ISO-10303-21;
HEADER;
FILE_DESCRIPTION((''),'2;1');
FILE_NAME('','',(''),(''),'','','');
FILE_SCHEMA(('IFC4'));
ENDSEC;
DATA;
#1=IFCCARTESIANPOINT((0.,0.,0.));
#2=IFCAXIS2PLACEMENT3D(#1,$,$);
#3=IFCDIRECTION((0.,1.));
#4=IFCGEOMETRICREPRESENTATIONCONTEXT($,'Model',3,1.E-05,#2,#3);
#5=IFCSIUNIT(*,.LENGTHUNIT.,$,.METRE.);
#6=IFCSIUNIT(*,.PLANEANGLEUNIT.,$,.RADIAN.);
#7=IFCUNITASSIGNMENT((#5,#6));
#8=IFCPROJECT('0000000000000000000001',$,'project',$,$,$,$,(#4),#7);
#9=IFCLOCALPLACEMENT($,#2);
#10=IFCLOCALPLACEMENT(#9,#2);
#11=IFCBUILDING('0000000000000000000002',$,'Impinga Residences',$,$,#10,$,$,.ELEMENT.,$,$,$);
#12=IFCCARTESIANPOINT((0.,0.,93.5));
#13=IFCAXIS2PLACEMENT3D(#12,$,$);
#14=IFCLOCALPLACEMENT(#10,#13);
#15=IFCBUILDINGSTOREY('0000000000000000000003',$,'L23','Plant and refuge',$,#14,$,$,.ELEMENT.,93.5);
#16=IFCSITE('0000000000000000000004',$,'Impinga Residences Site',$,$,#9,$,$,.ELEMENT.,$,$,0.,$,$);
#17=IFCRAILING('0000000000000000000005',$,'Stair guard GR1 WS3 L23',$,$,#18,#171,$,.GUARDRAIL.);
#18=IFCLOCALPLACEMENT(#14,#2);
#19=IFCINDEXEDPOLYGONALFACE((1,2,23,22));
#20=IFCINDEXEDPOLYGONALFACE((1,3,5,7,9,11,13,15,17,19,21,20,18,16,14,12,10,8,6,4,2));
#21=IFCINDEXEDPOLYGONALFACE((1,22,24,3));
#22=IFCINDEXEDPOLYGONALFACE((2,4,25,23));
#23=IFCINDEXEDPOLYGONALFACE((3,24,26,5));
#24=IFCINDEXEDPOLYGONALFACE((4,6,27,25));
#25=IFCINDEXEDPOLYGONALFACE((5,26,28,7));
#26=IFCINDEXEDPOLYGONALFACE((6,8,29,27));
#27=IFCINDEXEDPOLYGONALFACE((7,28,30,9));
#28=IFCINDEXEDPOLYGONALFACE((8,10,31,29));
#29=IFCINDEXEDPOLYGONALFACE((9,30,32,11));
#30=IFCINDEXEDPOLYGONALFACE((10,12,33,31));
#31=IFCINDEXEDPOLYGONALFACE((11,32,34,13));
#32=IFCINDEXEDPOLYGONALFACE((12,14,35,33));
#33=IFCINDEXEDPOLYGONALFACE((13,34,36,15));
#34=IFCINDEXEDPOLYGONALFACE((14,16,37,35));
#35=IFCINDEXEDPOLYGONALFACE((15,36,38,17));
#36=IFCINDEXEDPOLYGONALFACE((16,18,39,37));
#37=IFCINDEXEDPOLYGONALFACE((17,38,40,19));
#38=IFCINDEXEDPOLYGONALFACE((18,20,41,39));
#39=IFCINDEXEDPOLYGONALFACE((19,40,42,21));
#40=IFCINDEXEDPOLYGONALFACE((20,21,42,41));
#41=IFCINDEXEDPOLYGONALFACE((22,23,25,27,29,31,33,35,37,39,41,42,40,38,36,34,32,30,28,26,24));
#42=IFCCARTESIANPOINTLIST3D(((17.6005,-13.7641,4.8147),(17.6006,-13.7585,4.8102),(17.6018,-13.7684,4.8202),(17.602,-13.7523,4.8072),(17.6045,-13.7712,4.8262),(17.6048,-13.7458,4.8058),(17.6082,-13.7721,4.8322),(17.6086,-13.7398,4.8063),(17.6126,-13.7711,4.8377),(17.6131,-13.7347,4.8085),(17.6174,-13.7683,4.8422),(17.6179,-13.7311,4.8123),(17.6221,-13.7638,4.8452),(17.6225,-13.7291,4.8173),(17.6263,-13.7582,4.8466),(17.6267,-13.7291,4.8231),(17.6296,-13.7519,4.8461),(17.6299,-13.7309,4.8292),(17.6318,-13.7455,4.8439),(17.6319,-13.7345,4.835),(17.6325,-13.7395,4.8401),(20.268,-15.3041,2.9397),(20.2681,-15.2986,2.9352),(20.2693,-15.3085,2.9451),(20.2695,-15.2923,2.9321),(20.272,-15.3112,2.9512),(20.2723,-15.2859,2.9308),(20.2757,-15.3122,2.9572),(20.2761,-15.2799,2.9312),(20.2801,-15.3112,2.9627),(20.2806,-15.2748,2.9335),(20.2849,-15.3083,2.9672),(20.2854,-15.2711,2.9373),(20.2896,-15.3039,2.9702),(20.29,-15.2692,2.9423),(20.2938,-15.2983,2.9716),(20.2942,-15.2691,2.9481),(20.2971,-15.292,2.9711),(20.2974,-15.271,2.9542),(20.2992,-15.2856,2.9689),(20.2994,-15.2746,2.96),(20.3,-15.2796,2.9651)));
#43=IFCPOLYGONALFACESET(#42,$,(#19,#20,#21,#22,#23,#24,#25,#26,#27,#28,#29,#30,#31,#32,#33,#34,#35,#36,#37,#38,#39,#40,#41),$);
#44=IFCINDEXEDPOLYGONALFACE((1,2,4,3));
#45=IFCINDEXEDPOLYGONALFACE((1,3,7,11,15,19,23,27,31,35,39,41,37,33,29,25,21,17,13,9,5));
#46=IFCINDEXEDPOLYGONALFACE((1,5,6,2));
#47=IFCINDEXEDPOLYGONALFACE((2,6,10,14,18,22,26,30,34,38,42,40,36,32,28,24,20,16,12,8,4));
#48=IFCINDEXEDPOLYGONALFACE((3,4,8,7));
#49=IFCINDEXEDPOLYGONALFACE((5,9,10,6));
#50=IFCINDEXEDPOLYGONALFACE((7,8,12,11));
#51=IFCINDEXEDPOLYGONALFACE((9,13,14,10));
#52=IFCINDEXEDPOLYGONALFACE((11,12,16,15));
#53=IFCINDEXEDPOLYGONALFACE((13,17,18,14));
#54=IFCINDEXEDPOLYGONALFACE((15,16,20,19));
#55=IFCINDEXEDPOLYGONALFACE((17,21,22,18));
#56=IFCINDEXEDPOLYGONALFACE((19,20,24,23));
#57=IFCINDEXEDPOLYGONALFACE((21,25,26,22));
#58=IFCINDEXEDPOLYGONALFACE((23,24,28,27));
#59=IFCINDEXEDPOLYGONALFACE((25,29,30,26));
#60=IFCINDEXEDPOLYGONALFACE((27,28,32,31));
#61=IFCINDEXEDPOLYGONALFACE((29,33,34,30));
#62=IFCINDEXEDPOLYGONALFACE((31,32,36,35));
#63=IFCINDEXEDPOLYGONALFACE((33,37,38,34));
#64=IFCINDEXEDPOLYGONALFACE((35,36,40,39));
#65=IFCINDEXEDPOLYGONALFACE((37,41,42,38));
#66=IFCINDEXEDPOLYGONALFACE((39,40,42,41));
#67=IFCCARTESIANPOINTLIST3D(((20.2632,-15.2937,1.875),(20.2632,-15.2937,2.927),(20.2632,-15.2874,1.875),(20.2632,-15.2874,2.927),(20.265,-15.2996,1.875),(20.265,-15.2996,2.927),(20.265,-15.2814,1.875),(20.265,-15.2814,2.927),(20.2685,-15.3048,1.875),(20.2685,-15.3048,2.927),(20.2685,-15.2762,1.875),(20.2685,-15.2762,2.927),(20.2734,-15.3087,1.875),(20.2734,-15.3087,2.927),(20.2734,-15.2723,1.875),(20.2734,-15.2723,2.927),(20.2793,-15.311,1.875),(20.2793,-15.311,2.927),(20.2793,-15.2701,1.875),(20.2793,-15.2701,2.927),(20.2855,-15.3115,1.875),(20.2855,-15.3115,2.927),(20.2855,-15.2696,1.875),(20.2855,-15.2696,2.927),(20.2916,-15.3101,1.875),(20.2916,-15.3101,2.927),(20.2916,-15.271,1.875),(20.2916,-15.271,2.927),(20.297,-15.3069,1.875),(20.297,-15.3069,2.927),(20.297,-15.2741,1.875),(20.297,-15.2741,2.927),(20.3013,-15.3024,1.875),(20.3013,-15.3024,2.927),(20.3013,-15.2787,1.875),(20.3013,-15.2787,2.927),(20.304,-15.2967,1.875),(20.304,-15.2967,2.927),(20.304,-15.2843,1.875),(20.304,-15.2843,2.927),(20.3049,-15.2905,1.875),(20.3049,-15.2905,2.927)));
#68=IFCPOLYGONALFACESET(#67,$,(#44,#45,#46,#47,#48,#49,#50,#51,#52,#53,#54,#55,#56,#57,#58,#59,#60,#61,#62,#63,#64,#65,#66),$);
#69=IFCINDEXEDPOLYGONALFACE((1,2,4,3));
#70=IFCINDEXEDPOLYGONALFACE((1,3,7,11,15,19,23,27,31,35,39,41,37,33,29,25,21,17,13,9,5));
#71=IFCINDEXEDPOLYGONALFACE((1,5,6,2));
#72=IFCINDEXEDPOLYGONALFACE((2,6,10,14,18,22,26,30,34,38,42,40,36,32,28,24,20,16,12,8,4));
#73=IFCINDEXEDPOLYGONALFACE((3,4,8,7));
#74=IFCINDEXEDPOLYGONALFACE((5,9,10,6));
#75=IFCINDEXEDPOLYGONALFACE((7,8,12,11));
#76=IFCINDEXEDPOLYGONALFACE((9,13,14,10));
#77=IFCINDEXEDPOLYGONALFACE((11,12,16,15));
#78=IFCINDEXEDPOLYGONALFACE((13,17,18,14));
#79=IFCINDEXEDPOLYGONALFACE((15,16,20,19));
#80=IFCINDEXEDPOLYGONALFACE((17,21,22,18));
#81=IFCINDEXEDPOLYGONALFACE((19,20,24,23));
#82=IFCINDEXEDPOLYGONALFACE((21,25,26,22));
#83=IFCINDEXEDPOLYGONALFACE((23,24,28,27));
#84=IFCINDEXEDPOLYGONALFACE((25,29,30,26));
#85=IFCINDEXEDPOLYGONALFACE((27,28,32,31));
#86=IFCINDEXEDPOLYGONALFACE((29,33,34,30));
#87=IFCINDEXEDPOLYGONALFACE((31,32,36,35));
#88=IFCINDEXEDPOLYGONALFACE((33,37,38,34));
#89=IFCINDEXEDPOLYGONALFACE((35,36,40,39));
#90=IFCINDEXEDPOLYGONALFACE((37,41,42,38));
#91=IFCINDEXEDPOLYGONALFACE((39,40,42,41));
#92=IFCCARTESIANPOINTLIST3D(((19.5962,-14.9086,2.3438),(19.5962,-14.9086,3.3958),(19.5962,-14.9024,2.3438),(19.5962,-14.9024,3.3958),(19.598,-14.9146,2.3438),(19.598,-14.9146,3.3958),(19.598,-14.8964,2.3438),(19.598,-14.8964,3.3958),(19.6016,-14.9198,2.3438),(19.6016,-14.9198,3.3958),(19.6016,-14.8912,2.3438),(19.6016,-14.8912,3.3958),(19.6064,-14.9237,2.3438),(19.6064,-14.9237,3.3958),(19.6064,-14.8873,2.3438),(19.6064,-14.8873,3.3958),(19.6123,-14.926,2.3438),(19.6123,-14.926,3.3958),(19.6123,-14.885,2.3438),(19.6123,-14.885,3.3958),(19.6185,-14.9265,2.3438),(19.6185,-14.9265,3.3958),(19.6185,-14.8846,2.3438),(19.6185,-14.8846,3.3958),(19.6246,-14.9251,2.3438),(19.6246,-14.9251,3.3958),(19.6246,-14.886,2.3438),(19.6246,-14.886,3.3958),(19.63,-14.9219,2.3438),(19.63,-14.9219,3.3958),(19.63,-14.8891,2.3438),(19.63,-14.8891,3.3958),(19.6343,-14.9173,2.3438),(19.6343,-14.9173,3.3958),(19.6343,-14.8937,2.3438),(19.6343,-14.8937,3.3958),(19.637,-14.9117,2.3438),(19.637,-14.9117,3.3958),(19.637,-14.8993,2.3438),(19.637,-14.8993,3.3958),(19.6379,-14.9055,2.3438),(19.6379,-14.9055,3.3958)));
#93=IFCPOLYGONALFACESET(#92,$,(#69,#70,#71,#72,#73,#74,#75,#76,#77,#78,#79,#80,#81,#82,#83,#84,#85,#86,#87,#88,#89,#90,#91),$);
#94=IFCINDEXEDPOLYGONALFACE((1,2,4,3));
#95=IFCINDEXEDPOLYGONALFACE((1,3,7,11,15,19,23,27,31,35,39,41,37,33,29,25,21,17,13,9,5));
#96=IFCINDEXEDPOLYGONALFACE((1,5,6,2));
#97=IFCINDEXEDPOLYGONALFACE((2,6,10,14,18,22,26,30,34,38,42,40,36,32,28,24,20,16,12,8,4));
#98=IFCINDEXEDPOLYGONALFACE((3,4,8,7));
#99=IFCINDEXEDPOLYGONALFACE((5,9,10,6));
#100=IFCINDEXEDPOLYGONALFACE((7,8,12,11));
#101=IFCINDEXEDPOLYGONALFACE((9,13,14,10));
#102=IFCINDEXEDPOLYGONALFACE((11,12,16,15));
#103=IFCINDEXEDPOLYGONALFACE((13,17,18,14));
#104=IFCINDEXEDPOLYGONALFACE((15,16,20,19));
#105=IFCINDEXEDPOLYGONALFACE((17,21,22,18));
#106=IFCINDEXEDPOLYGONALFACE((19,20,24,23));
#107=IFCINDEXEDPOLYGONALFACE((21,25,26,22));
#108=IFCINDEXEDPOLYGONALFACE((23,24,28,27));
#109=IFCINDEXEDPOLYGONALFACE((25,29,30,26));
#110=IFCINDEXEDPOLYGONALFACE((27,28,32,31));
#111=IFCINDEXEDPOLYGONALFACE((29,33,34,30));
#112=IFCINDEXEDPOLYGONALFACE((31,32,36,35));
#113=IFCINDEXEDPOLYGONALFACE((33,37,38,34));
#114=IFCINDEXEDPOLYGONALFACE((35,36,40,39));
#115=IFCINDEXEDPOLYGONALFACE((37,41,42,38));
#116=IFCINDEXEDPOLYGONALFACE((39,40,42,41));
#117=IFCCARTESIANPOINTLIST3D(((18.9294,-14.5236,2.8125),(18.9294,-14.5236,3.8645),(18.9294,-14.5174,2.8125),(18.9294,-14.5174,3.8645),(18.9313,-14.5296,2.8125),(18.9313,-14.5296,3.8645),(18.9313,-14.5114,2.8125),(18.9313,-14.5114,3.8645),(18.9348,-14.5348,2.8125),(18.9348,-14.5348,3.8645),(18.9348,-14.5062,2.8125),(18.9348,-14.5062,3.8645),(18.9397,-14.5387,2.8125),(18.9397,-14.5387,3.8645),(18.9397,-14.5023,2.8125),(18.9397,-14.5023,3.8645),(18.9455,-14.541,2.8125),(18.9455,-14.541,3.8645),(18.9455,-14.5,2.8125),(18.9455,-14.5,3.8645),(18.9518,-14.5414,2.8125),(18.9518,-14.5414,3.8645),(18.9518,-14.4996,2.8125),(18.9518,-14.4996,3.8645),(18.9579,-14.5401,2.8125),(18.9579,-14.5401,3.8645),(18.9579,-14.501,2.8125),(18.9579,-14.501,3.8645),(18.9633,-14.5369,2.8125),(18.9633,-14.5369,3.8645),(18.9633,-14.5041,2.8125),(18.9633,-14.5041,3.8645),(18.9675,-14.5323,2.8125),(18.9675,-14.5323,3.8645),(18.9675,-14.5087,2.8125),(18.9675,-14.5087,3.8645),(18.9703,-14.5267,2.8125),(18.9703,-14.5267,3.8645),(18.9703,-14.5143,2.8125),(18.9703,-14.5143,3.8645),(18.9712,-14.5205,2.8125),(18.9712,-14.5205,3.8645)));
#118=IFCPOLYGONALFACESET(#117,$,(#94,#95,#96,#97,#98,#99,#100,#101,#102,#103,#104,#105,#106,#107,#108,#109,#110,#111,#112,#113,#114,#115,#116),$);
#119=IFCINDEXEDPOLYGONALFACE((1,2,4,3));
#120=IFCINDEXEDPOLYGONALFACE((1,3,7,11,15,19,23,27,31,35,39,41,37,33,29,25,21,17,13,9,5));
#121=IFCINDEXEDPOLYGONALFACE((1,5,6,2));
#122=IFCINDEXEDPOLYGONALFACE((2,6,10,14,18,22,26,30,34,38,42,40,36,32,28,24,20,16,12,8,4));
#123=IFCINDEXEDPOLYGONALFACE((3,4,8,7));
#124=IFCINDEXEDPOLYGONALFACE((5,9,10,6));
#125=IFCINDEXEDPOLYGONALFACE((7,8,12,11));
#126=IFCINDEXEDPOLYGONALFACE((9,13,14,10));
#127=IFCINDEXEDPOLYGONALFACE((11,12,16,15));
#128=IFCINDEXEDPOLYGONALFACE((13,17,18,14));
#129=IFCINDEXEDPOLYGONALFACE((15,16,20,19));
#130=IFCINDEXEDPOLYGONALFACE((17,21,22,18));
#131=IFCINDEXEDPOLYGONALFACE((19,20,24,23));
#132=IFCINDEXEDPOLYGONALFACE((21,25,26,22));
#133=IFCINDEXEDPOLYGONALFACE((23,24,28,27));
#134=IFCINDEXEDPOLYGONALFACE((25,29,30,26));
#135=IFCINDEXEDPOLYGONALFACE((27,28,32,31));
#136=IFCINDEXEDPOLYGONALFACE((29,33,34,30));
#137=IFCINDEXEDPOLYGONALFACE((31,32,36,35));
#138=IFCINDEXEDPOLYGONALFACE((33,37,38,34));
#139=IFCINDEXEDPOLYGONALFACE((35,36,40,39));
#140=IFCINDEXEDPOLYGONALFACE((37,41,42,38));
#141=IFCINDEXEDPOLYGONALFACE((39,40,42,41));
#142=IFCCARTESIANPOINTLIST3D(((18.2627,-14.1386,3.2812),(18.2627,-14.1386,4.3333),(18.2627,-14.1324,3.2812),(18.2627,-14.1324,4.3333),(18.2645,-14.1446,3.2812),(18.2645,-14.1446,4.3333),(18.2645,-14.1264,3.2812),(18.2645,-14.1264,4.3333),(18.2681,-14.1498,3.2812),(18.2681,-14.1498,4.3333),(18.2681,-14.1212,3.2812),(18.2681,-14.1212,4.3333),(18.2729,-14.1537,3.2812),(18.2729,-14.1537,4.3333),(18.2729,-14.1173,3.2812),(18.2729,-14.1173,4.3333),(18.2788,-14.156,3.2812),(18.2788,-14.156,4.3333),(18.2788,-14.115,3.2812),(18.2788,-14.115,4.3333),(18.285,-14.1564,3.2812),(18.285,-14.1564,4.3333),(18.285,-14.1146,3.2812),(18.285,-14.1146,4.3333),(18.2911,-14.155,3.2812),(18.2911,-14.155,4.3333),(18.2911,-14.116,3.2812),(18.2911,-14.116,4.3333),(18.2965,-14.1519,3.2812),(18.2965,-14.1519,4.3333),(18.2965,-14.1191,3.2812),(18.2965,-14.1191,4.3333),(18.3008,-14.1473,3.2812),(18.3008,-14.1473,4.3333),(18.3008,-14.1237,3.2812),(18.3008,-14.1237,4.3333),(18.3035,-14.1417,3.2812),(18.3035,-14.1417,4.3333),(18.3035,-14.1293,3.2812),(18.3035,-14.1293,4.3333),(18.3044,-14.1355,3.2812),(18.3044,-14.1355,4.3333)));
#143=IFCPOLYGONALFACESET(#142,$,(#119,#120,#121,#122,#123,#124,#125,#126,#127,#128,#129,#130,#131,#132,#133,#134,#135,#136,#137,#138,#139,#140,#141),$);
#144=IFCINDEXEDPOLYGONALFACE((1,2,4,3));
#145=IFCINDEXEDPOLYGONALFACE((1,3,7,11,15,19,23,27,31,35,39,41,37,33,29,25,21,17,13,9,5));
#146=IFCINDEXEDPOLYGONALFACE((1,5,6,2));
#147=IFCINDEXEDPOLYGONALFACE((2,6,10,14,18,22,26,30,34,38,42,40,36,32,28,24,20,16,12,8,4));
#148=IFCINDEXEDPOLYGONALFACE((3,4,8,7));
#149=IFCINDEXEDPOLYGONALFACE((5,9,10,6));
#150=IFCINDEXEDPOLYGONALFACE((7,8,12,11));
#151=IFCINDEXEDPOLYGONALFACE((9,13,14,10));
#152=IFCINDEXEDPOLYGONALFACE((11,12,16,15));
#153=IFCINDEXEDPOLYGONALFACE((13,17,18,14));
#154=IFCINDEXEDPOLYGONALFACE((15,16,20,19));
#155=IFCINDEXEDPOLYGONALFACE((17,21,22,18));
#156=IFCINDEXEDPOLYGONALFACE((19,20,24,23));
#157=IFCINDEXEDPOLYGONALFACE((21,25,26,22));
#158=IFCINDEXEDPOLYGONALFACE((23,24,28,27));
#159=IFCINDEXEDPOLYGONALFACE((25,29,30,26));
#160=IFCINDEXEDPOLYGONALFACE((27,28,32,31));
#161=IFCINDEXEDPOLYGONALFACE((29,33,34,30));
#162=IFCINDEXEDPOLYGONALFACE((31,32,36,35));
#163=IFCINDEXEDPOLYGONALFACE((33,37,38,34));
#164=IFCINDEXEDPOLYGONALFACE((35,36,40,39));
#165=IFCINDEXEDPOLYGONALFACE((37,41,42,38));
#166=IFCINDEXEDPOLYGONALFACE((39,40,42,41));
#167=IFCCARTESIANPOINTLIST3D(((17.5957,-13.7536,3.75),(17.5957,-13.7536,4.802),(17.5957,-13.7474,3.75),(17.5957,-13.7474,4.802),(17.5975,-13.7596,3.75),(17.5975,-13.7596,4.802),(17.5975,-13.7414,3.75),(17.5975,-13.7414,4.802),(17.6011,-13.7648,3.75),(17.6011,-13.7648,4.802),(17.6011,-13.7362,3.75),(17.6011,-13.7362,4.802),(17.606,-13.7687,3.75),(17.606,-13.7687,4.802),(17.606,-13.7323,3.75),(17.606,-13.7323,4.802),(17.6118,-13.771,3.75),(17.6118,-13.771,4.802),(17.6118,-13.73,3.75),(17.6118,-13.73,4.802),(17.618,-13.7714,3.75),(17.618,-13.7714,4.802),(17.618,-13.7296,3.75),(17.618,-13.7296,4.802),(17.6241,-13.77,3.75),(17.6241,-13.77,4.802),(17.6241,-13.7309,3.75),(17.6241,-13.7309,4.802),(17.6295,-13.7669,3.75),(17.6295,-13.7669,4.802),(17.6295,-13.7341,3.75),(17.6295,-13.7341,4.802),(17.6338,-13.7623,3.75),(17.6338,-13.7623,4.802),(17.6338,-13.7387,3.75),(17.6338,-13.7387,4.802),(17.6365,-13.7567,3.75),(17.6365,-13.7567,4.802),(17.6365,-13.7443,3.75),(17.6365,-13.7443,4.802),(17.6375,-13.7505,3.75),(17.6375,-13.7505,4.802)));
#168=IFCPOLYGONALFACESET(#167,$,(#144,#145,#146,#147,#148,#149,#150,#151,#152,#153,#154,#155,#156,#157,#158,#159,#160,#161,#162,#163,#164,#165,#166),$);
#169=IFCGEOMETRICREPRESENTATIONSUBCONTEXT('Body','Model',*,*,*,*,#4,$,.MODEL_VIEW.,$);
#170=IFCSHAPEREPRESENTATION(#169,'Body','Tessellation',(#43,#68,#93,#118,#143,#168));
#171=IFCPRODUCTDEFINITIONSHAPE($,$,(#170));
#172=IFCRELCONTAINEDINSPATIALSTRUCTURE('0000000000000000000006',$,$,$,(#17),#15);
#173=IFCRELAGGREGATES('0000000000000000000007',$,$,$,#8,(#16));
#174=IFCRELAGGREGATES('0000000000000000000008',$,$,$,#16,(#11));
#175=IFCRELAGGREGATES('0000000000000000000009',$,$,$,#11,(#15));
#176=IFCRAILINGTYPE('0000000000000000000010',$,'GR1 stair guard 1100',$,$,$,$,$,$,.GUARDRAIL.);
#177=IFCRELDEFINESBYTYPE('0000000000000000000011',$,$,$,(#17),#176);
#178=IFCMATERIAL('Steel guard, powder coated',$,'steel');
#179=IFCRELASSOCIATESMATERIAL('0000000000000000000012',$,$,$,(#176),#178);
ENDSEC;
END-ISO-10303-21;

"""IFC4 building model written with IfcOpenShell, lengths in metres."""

from ifc_helpers import new_model, si_unit, direction, frame, origin, origin_2d, place, context, subcontext, project, spatial, circle, extrude, material, type_object, element, save


model = new_model("IFC4")

# Units and contexts
model_context = context("Model", 3, precision=1e-05, world=origin(), true_north=direction((0.0, 1.0)))
body_context = subcontext(model_context, "Body", "Model", "MODEL_VIEW")
ifc_project = project(units=[si_unit("LENGTHUNIT", "METRE"), si_unit("PLANEANGLEUNIT", "RADIAN")], contexts=[model_context])

# Site, building, storey
site_placement = place(None, origin())
site = spatial("IfcSite", under=ifc_project, at=site_placement, Name="Impinga Residences Site", CompositionType="ELEMENT", RefElevation=0.0)
building_placement = place(site_placement, origin())
building = spatial("IfcBuilding", under=site, at=building_placement, Name="Impinga Residences", CompositionType="ELEMENT")
storey_placement = place(building_placement, frame((0.0, 0.0, 93.5)))
storey = spatial("IfcBuildingStorey", under=building, at=storey_placement, Name="L23", Description="Plant and refuge", CompositionType="ELEMENT", Elevation=93.5)

# Railing
ifc_material_1 = material(Name="Steel guard, powder coated", Category="steel")
railing_type_1 = type_object("IfcRailingType", Name="GR1 stair guard 1100", PredefinedType="GUARDRAIL", material=ifc_material_1)
for number, where, name in (
    (1, (20.2839, -15.2905, 1.875), "Stair guard GR1 WS3 L23"),
):
    element("IfcRailing", number, at=place(storey_placement, frame(where)), inside=storey, type_object=railing_type_1, Name=name, PredefinedType="GUARDRAIL", context=body_context, shape_type="SweptSolid", body=[
        extrude(circle(Radius=0.0239, at=origin_2d()), frame((0.0, 0.0, 1.0762), z_axis=(-0.739746, 0.427084, 0.519975), x_axis=(-0.499992, -0.86603, 0.0)), (0.0, 0.0, 1.0), 3.606),
        extrude(circle(Radius=0.021, at=origin_2d()), origin(), (0.0, 0.0, 1.0), 1.052),
        extrude(circle(Radius=0.021, at=origin_2d()), frame((-0.667, 0.385, 0.4688)), (0.0, 0.0, 1.0), 1.052),
        extrude(circle(Radius=0.021, at=origin_2d()), frame((-1.3337, 0.77, 0.9375)), (0.0, 0.0, 1.0), 1.052),
        extrude(circle(Radius=0.021, at=origin_2d()), frame((-2.0005, 1.155, 1.4062)), (0.0, 0.0, 1.0), 1.052),
        extrude(circle(Radius=0.021, at=origin_2d()), frame((-2.6675, 1.54, 1.875)), (0.0, 0.0, 1.0), 1.052),
    ])

save(model, "model.ifc")
